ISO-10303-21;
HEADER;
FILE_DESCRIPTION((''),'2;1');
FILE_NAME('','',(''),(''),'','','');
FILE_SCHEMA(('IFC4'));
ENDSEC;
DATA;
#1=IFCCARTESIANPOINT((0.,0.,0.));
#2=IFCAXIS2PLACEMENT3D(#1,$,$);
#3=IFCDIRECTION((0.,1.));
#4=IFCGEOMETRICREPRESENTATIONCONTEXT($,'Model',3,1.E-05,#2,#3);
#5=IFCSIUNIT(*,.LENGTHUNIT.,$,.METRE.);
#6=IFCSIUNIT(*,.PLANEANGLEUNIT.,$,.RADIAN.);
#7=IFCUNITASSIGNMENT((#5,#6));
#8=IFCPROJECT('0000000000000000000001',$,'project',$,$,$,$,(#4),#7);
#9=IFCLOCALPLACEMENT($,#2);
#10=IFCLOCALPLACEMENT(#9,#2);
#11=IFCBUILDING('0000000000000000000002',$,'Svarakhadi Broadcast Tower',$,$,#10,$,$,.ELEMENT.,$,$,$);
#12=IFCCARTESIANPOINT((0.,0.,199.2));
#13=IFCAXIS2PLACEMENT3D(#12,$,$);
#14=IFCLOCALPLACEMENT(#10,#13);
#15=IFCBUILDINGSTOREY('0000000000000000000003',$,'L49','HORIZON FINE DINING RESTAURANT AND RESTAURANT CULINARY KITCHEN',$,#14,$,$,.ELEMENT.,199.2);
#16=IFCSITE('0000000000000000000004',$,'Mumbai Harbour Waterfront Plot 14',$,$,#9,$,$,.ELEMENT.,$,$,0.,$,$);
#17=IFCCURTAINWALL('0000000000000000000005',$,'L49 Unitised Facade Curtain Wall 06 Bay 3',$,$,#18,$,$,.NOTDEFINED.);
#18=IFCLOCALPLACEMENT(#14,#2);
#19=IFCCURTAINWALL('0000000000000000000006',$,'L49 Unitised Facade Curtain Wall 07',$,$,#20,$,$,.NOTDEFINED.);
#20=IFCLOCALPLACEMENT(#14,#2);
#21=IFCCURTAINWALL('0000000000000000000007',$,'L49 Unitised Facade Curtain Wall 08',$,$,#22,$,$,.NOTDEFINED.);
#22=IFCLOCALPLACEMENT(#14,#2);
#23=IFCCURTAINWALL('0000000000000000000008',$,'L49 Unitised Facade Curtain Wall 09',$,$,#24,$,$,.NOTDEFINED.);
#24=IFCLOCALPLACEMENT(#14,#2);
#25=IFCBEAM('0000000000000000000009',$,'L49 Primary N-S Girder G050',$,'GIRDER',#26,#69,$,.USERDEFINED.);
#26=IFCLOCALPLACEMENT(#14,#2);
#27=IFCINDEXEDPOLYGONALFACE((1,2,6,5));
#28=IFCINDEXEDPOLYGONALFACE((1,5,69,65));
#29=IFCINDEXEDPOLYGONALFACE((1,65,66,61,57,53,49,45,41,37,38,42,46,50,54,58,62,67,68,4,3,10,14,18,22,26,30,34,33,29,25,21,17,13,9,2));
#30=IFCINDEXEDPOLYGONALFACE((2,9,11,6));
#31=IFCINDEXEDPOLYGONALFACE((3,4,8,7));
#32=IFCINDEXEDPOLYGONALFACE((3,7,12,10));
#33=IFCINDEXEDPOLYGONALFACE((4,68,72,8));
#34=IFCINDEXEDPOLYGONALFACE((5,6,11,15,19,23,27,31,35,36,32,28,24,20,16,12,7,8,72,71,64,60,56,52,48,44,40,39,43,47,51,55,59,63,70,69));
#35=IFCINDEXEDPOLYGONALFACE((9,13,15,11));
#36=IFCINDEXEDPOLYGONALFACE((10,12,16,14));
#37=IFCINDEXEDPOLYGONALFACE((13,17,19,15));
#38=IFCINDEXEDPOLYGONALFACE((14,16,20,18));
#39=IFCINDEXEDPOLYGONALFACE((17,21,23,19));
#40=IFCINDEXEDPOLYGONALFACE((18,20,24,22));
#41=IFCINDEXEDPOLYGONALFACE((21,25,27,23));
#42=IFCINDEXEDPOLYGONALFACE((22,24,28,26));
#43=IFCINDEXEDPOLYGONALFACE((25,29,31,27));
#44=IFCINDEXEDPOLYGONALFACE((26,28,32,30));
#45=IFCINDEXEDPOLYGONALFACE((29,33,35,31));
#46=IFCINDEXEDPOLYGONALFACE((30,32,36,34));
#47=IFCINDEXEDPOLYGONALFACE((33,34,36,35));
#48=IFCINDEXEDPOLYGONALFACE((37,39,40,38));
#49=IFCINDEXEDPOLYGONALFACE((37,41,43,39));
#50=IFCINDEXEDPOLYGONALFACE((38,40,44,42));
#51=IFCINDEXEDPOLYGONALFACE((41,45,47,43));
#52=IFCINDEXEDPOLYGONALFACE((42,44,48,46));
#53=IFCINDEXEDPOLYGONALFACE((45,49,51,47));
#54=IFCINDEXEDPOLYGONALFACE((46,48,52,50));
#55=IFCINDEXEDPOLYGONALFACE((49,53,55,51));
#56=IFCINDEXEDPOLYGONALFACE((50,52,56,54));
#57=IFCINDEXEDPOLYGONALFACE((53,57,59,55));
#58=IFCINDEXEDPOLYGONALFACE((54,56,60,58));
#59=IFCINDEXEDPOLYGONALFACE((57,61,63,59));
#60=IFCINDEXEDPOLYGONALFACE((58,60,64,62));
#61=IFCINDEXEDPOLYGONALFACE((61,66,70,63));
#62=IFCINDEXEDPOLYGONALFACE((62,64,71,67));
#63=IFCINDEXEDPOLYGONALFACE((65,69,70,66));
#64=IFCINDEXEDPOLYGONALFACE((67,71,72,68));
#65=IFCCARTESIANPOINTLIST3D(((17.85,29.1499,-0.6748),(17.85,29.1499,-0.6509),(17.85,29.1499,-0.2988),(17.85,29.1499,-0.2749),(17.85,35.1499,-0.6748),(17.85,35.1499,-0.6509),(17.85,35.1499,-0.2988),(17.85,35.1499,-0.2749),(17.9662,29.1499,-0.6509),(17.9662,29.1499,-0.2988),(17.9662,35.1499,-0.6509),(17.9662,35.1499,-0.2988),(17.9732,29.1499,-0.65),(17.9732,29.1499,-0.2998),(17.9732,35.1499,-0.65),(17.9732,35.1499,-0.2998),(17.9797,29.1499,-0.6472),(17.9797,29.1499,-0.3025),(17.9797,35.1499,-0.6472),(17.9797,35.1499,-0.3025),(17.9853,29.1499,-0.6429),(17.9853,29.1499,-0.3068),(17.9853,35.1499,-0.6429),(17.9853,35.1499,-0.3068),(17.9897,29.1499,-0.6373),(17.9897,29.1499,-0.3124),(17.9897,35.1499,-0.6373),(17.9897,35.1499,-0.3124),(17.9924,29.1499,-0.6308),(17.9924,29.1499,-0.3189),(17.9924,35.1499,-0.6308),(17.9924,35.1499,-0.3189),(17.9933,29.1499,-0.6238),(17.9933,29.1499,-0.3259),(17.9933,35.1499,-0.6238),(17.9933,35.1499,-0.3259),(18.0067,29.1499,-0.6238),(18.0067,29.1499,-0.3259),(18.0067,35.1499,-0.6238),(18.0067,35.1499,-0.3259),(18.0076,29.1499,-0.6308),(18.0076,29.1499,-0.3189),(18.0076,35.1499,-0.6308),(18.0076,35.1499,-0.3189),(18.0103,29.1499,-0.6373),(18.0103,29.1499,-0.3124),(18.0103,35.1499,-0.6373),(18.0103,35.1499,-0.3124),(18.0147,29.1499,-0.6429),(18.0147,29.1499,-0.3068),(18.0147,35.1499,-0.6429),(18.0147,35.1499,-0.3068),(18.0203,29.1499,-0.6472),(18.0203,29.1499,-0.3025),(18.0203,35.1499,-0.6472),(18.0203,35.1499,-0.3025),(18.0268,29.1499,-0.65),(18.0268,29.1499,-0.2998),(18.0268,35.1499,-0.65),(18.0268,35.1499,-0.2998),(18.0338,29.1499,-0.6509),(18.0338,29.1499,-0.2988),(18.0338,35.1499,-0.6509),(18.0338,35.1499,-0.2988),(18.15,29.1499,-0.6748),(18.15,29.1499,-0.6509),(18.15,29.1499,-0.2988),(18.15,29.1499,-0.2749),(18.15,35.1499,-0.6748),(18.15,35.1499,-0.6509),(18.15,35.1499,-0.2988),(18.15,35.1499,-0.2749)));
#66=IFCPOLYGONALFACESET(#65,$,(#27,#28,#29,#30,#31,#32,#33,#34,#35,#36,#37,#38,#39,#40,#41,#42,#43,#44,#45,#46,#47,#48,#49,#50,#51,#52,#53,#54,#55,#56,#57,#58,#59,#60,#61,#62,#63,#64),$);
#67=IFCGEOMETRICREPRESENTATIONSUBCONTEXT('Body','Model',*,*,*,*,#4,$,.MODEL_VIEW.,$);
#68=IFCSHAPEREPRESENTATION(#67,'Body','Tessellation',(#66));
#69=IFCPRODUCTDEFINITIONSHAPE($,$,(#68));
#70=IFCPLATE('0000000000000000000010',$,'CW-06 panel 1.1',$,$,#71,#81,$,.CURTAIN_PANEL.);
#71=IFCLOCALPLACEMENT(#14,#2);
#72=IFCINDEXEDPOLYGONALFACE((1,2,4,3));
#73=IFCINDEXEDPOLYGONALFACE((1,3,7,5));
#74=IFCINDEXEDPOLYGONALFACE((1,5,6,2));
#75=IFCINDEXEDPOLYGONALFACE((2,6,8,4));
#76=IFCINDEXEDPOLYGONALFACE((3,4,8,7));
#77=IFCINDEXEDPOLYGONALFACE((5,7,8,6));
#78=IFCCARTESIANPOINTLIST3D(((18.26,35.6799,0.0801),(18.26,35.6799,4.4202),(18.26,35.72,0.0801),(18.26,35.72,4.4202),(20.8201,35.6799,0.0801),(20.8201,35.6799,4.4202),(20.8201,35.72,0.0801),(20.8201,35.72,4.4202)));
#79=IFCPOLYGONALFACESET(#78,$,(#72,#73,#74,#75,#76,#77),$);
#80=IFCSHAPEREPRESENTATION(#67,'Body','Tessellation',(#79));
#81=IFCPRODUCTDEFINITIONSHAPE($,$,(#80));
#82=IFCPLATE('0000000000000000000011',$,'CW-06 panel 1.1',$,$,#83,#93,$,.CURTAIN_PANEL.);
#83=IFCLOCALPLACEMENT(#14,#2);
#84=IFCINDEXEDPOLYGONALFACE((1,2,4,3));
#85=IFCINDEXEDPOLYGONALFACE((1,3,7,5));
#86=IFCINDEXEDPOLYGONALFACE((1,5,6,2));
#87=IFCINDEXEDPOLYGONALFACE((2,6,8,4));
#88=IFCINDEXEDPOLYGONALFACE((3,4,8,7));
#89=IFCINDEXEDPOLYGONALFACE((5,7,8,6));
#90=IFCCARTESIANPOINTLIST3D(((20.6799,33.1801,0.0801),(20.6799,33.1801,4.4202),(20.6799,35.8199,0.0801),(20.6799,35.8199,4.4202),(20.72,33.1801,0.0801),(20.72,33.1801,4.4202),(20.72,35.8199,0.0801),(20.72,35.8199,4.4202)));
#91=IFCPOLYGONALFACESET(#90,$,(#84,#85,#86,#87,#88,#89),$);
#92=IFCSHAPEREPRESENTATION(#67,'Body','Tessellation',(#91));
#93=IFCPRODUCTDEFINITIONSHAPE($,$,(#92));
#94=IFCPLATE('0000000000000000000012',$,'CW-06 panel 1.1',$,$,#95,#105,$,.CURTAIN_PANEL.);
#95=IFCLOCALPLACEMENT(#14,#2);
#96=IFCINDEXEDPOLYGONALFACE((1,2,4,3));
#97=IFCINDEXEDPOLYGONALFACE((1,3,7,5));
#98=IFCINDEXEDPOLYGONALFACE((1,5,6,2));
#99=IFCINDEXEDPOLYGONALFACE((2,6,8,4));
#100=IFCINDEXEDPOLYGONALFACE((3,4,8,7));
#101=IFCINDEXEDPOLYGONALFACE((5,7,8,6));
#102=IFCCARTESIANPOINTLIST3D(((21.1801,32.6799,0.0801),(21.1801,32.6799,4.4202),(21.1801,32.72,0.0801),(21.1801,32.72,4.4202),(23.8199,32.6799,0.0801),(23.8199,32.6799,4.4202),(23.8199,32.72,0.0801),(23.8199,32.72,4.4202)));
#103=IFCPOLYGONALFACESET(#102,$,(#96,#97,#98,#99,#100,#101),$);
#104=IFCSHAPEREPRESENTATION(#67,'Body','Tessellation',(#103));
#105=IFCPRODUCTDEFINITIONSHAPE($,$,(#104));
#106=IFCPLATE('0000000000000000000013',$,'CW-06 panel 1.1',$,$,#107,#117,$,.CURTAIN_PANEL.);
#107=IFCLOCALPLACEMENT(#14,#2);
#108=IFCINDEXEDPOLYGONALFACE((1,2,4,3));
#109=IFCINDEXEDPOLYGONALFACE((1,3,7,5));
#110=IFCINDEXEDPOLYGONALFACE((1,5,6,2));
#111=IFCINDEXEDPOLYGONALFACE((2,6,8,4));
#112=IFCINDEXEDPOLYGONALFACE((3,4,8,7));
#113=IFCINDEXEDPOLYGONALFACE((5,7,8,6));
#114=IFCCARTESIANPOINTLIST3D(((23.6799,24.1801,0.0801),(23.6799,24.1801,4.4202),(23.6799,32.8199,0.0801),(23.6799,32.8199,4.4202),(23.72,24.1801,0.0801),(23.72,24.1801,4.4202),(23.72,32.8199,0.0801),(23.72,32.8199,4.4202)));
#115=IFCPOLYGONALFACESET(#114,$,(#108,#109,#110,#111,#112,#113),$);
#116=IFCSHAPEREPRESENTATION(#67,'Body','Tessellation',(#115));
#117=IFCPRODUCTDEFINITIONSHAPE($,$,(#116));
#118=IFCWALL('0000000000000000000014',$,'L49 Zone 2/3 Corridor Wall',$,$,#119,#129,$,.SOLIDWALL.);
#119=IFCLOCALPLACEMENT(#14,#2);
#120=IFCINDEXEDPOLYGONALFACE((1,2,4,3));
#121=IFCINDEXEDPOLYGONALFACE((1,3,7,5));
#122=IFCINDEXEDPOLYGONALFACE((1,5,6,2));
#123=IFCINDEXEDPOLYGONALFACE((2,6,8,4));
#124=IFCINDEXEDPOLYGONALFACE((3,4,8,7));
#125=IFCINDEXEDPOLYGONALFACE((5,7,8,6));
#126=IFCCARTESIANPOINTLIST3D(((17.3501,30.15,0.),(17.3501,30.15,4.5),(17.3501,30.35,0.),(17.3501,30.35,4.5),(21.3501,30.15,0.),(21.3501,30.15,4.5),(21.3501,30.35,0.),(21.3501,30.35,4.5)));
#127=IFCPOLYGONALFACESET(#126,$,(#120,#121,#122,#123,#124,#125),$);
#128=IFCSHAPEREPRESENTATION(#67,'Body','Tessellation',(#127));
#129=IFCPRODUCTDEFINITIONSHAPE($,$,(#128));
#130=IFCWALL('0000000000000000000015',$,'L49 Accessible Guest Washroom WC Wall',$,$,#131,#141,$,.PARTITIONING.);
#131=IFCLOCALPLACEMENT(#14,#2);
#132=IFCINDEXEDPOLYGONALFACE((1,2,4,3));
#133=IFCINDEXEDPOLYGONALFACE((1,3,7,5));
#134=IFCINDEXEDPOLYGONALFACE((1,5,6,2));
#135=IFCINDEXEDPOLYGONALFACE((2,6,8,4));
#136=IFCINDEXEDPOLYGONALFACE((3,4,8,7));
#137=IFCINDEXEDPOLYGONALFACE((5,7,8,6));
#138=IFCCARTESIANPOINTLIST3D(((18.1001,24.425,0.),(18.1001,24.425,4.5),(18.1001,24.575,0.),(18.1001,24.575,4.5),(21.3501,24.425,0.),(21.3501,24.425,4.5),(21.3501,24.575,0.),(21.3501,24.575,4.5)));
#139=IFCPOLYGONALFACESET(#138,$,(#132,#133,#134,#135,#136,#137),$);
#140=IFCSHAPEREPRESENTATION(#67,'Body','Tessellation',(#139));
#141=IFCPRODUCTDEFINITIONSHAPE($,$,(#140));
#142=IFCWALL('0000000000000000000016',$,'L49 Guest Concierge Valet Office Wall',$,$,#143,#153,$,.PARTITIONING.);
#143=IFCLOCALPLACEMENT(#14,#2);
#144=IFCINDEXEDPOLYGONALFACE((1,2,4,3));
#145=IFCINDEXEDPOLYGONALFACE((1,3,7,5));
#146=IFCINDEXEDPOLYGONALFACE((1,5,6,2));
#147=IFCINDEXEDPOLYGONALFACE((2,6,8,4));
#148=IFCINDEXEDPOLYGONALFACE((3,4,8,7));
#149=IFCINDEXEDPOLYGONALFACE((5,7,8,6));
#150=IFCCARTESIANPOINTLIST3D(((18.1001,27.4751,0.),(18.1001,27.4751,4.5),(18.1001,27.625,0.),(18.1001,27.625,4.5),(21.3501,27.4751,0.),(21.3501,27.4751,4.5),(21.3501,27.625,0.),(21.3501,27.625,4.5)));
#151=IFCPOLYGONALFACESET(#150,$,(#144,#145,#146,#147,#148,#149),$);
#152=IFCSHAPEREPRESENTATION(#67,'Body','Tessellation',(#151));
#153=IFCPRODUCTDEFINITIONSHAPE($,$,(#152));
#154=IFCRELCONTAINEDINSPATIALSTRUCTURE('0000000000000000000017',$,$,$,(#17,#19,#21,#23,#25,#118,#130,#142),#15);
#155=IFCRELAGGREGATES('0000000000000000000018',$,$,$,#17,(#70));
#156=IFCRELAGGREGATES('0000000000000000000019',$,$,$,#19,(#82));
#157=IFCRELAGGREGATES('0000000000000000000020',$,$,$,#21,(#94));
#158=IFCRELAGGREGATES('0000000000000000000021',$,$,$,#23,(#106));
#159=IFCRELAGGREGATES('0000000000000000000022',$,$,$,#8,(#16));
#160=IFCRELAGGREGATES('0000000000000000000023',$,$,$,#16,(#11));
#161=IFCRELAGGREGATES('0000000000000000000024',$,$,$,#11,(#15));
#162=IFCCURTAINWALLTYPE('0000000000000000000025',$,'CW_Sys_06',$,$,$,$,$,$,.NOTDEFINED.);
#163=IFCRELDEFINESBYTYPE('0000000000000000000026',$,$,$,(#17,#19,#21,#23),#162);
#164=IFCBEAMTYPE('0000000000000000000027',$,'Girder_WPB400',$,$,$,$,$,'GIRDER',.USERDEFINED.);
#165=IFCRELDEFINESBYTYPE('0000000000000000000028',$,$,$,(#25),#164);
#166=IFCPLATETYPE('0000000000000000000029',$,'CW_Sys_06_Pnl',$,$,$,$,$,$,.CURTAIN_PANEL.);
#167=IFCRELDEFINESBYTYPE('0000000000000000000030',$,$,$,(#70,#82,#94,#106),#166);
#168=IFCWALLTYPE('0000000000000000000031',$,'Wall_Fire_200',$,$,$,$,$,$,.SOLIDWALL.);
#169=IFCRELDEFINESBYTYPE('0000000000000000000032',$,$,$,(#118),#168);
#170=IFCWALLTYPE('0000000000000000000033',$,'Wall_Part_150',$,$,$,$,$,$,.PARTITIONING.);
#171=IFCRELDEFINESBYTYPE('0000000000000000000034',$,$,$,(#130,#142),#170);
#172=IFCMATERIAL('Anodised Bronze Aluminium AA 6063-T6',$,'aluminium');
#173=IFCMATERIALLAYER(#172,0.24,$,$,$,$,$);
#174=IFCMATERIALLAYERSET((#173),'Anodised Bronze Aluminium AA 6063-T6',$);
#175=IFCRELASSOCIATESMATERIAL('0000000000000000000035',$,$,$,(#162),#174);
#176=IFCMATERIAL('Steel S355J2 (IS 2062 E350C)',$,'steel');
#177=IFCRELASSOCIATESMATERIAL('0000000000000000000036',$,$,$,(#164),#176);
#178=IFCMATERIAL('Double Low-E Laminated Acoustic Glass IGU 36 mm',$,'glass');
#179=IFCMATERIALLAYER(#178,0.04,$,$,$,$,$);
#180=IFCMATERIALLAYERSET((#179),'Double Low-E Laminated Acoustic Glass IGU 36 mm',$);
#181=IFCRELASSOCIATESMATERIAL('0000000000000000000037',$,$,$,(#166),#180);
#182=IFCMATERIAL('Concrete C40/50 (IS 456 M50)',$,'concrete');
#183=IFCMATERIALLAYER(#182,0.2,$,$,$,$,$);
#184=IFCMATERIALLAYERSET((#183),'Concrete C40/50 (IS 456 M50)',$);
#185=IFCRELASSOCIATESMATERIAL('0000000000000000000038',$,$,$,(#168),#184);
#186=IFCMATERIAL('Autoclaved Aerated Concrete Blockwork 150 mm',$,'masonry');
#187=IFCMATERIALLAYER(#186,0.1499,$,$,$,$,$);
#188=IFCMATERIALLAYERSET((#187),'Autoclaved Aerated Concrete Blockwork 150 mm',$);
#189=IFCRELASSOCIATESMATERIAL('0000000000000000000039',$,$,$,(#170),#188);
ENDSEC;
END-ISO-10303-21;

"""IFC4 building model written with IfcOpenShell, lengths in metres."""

from ifc_helpers import new_model, si_unit, direction, frame, frame_2d, origin, origin_2d, place, context, subcontext, project, spatial, rectangle, i_section, extrude, material, layer, layer_set, material_profile, profile_set, type_object, element, aggregate, save


model = new_model("IFC4")

# Units and contexts
model_context = context("Model", 3, precision=1e-05, world=origin(), true_north=direction((0.0, 1.0)))
body_context = subcontext(model_context, "Body", "Model", "MODEL_VIEW")
ifc_project = project(units=[si_unit("LENGTHUNIT", "METRE"), si_unit("PLANEANGLEUNIT", "RADIAN")], contexts=[model_context])

# Site, building, storey
site_placement = place(None, origin())
site = spatial("IfcSite", under=ifc_project, at=site_placement, Name="Mumbai Harbour Waterfront Plot 14", CompositionType="ELEMENT", RefElevation=0.0)
building_placement = place(site_placement, origin())
building = spatial("IfcBuilding", under=site, at=building_placement, Name="Svarakhadi Broadcast Tower", CompositionType="ELEMENT")
storey_placement = place(building_placement, frame((0.0, 0.0, 199.2)))
storey = spatial("IfcBuildingStorey", under=building, at=storey_placement, Name="L49", Description="HORIZON FINE DINING RESTAURANT AND RESTAURANT CULINARY KITCHEN", CompositionType="ELEMENT", Elevation=199.2)

# Curtain walls
ifc_material_1 = material(Name="Anodised Bronze Aluminium AA 6063-T6", Category="aluminium")
ifc_layer_1 = layer(ifc_material_1, 0.24)
ifc_layer_set_1 = layer_set([ifc_layer_1], Name="Anodised Bronze Aluminium AA 6063-T6")
curtain_wall_type = type_object("IfcCurtainWallType", Name="CW_Sys_06", PredefinedType="NOTDEFINED", material=ifc_layer_set_1)
curtain_wall_1_placement = place(storey_placement, origin())
curtain_wall_1 = element("IfcCurtainWall", 1, at=curtain_wall_1_placement, inside=storey, type_object=curtain_wall_type, Name="L49 Unitised Facade Curtain Wall 06 Bay 3", PredefinedType="NOTDEFINED")
curtain_wall_2_placement = place(storey_placement, origin())
curtain_wall_2 = element("IfcCurtainWall", 2, at=curtain_wall_2_placement, inside=storey, type_object=curtain_wall_type, Name="L49 Unitised Facade Curtain Wall 07", PredefinedType="NOTDEFINED")
curtain_wall_3_placement = place(storey_placement, origin())
curtain_wall_3 = element("IfcCurtainWall", 3, at=curtain_wall_3_placement, inside=storey, type_object=curtain_wall_type, Name="L49 Unitised Facade Curtain Wall 08", PredefinedType="NOTDEFINED")

# Curtain wall
curtain_wall_4_placement = place(storey_placement, origin())
curtain_wall_4 = element("IfcCurtainWall", 4, at=curtain_wall_4_placement, inside=storey, type_object=curtain_wall_type, Name="L49 Unitised Facade Curtain Wall 09", PredefinedType="NOTDEFINED")

# Beam
ifc_material_2 = material(Name="Steel S355J2 (IS 2062 E350C)", Category="steel")
ifc_material_profile_1 = material_profile(ifc_material_2, i_section(OverallWidth=0.3, OverallDepth=0.3999, WebThickness=0.0134, FlangeThickness=0.0239, FilletRadius=0.0271, at=origin_2d()), Name="WPB 400x300x155")
ifc_profile_set_1 = profile_set([ifc_material_profile_1], Name="Steel S355J2 (IS 2062 E350C)")
beam_type = type_object("IfcBeamType", Name="Girder_WPB400", ElementType="GIRDER", PredefinedType="USERDEFINED", material=ifc_profile_set_1)
beam_placement = place(storey_placement, frame((18.0, 29.1499, -0.4749), z_axis=(0.0, 1.0, 0.0), x_axis=(-1.0, 0.0, 0.0)))
element("IfcBeam", 5, at=beam_placement, inside=storey, type_object=beam_type, Name="L49 Primary N-S Girder G050", ObjectType="GIRDER", PredefinedType="USERDEFINED", context=body_context, shape_type="SweptSolid", body=[
    extrude(i_section(OverallWidth=0.3, OverallDepth=0.3999, WebThickness=0.0134, FlangeThickness=0.0239, FilletRadius=0.0271, at=origin_2d()), origin(), (0.0, 0.0, 1.0), 6.0),
])

# Plates
ifc_material_3 = material(Name="Double Low-E Laminated Acoustic Glass IGU 36 mm", Category="glass")
ifc_layer_2 = layer(ifc_material_3, 0.04)
ifc_layer_set_2 = layer_set([ifc_layer_2], Name="Double Low-E Laminated Acoustic Glass IGU 36 mm")
plate_type = type_object("IfcPlateType", Name="CW_Sys_06_Pnl", PredefinedType="CURTAIN_PANEL", material=ifc_layer_set_2)
plate_1_placement = place(storey_placement, frame((19.54, 35.7, 0.0801), z_axis=(0.0, 0.0, 1.0), x_axis=(1.0, 0.0, 0.0)))
plate_1 = element("IfcPlate", 6, at=plate_1_placement, type_object=plate_type, Name="CW-06 panel 1.1", PredefinedType="CURTAIN_PANEL", context=body_context, shape_type="SweptSolid", body=[
    extrude(rectangle(XDim=2.5601, YDim=0.04, at=origin_2d()), origin(), (0.0, 0.0, 1.0), 4.3401),
])
aggregate(curtain_wall_1, [plate_1])
plate_2_placement = place(storey_placement, frame((20.7, 34.5, 0.0801), z_axis=(0.0, 0.0, 1.0), x_axis=(0.0, -1.0, 0.0)))
plate_2 = element("IfcPlate", 7, at=plate_2_placement, type_object=plate_type, Name="CW-06 panel 1.1", PredefinedType="CURTAIN_PANEL", context=body_context, shape_type="SweptSolid", body=[
    extrude(rectangle(XDim=2.6399, YDim=0.04, at=origin_2d()), origin(), (0.0, 0.0, 1.0), 4.3401),
])
aggregate(curtain_wall_2, [plate_2])
plate_3_placement = place(storey_placement, frame((22.5, 32.7, 0.0801), z_axis=(0.0, 0.0, 1.0), x_axis=(1.0, 0.0, 0.0)))
plate_3 = element("IfcPlate", 8, at=plate_3_placement, type_object=plate_type, Name="CW-06 panel 1.1", PredefinedType="CURTAIN_PANEL", context=body_context, shape_type="SweptSolid", body=[
    extrude(rectangle(XDim=2.6399, YDim=0.04, at=origin_2d()), origin(), (0.0, 0.0, 1.0), 4.3401),
])
aggregate(curtain_wall_3, [plate_3])
plate_4_placement = place(storey_placement, frame((23.7, 28.5, 0.0801), z_axis=(0.0, 0.0, 1.0), x_axis=(0.0, -1.0, 0.0)))
plate_4 = element("IfcPlate", 9, at=plate_4_placement, type_object=plate_type, Name="CW-06 panel 1.1", PredefinedType="CURTAIN_PANEL", context=body_context, shape_type="SweptSolid", body=[
    extrude(rectangle(XDim=8.6399, YDim=0.04, at=origin_2d()), origin(), (0.0, 0.0, 1.0), 4.3401),
])
aggregate(curtain_wall_4, [plate_4])

# Walls
ifc_material_4 = material(Name="Concrete C40/50 (IS 456 M50)", Category="concrete")
ifc_layer_3 = layer(ifc_material_4, 0.2)
ifc_layer_set_3 = layer_set([ifc_layer_3], Name="Concrete C40/50 (IS 456 M50)")
wall_type_1 = type_object("IfcWallType", Name="Wall_Fire_200", PredefinedType="SOLIDWALL", material=ifc_layer_set_3)
wall_placement = place(storey_placement, frame((21.3501, 30.25, 0.0), z_axis=(0.0, 0.0, 1.0), x_axis=(-1.0, 0.0, 0.0)))
element("IfcWall", 10, at=wall_placement, inside=storey, type_object=wall_type_1, Name="L49 Zone 2/3 Corridor Wall", PredefinedType="SOLIDWALL", context=body_context, shape_type="SweptSolid", body=[
    extrude(rectangle(XDim=4.0, YDim=0.2, at=frame_2d((2.0, 0.0))), origin(), (0.0, 0.0, 1.0), 4.5),
])
ifc_material_5 = material(Name="Autoclaved Aerated Concrete Blockwork 150 mm", Category="masonry")
ifc_layer_4 = layer(ifc_material_5, 0.1499)
ifc_layer_set_4 = layer_set([ifc_layer_4], Name="Autoclaved Aerated Concrete Blockwork 150 mm")
wall_type_2 = type_object("IfcWallType", Name="Wall_Part_150", PredefinedType="PARTITIONING", material=ifc_layer_set_4)
for number, where, z_axis, x_axis, name in (
    (11, (18.1001, 24.5, 0.0), (0.0, 0.0, 1.0), (1.0, 0.0, 0.0), "L49 Accessible Guest Washroom WC Wall"),
    (12, (18.1001, 27.55, 0.0), (0.0, 0.0, 1.0), (1.0, 0.0, 0.0), "L49 Guest Concierge Valet Office Wall"),
):
    element("IfcWall", number, at=place(storey_placement, frame(where, z_axis=z_axis, x_axis=x_axis)), inside=storey, type_object=wall_type_2, Name=name, PredefinedType="PARTITIONING", context=body_context, shape_type="SweptSolid", body=[
        extrude(rectangle(XDim=3.25, YDim=0.1499, at=frame_2d((1.625, 0.0))), origin(), (0.0, 0.0, 1.0), 4.5),
    ])

save(model, "model.ifc")
